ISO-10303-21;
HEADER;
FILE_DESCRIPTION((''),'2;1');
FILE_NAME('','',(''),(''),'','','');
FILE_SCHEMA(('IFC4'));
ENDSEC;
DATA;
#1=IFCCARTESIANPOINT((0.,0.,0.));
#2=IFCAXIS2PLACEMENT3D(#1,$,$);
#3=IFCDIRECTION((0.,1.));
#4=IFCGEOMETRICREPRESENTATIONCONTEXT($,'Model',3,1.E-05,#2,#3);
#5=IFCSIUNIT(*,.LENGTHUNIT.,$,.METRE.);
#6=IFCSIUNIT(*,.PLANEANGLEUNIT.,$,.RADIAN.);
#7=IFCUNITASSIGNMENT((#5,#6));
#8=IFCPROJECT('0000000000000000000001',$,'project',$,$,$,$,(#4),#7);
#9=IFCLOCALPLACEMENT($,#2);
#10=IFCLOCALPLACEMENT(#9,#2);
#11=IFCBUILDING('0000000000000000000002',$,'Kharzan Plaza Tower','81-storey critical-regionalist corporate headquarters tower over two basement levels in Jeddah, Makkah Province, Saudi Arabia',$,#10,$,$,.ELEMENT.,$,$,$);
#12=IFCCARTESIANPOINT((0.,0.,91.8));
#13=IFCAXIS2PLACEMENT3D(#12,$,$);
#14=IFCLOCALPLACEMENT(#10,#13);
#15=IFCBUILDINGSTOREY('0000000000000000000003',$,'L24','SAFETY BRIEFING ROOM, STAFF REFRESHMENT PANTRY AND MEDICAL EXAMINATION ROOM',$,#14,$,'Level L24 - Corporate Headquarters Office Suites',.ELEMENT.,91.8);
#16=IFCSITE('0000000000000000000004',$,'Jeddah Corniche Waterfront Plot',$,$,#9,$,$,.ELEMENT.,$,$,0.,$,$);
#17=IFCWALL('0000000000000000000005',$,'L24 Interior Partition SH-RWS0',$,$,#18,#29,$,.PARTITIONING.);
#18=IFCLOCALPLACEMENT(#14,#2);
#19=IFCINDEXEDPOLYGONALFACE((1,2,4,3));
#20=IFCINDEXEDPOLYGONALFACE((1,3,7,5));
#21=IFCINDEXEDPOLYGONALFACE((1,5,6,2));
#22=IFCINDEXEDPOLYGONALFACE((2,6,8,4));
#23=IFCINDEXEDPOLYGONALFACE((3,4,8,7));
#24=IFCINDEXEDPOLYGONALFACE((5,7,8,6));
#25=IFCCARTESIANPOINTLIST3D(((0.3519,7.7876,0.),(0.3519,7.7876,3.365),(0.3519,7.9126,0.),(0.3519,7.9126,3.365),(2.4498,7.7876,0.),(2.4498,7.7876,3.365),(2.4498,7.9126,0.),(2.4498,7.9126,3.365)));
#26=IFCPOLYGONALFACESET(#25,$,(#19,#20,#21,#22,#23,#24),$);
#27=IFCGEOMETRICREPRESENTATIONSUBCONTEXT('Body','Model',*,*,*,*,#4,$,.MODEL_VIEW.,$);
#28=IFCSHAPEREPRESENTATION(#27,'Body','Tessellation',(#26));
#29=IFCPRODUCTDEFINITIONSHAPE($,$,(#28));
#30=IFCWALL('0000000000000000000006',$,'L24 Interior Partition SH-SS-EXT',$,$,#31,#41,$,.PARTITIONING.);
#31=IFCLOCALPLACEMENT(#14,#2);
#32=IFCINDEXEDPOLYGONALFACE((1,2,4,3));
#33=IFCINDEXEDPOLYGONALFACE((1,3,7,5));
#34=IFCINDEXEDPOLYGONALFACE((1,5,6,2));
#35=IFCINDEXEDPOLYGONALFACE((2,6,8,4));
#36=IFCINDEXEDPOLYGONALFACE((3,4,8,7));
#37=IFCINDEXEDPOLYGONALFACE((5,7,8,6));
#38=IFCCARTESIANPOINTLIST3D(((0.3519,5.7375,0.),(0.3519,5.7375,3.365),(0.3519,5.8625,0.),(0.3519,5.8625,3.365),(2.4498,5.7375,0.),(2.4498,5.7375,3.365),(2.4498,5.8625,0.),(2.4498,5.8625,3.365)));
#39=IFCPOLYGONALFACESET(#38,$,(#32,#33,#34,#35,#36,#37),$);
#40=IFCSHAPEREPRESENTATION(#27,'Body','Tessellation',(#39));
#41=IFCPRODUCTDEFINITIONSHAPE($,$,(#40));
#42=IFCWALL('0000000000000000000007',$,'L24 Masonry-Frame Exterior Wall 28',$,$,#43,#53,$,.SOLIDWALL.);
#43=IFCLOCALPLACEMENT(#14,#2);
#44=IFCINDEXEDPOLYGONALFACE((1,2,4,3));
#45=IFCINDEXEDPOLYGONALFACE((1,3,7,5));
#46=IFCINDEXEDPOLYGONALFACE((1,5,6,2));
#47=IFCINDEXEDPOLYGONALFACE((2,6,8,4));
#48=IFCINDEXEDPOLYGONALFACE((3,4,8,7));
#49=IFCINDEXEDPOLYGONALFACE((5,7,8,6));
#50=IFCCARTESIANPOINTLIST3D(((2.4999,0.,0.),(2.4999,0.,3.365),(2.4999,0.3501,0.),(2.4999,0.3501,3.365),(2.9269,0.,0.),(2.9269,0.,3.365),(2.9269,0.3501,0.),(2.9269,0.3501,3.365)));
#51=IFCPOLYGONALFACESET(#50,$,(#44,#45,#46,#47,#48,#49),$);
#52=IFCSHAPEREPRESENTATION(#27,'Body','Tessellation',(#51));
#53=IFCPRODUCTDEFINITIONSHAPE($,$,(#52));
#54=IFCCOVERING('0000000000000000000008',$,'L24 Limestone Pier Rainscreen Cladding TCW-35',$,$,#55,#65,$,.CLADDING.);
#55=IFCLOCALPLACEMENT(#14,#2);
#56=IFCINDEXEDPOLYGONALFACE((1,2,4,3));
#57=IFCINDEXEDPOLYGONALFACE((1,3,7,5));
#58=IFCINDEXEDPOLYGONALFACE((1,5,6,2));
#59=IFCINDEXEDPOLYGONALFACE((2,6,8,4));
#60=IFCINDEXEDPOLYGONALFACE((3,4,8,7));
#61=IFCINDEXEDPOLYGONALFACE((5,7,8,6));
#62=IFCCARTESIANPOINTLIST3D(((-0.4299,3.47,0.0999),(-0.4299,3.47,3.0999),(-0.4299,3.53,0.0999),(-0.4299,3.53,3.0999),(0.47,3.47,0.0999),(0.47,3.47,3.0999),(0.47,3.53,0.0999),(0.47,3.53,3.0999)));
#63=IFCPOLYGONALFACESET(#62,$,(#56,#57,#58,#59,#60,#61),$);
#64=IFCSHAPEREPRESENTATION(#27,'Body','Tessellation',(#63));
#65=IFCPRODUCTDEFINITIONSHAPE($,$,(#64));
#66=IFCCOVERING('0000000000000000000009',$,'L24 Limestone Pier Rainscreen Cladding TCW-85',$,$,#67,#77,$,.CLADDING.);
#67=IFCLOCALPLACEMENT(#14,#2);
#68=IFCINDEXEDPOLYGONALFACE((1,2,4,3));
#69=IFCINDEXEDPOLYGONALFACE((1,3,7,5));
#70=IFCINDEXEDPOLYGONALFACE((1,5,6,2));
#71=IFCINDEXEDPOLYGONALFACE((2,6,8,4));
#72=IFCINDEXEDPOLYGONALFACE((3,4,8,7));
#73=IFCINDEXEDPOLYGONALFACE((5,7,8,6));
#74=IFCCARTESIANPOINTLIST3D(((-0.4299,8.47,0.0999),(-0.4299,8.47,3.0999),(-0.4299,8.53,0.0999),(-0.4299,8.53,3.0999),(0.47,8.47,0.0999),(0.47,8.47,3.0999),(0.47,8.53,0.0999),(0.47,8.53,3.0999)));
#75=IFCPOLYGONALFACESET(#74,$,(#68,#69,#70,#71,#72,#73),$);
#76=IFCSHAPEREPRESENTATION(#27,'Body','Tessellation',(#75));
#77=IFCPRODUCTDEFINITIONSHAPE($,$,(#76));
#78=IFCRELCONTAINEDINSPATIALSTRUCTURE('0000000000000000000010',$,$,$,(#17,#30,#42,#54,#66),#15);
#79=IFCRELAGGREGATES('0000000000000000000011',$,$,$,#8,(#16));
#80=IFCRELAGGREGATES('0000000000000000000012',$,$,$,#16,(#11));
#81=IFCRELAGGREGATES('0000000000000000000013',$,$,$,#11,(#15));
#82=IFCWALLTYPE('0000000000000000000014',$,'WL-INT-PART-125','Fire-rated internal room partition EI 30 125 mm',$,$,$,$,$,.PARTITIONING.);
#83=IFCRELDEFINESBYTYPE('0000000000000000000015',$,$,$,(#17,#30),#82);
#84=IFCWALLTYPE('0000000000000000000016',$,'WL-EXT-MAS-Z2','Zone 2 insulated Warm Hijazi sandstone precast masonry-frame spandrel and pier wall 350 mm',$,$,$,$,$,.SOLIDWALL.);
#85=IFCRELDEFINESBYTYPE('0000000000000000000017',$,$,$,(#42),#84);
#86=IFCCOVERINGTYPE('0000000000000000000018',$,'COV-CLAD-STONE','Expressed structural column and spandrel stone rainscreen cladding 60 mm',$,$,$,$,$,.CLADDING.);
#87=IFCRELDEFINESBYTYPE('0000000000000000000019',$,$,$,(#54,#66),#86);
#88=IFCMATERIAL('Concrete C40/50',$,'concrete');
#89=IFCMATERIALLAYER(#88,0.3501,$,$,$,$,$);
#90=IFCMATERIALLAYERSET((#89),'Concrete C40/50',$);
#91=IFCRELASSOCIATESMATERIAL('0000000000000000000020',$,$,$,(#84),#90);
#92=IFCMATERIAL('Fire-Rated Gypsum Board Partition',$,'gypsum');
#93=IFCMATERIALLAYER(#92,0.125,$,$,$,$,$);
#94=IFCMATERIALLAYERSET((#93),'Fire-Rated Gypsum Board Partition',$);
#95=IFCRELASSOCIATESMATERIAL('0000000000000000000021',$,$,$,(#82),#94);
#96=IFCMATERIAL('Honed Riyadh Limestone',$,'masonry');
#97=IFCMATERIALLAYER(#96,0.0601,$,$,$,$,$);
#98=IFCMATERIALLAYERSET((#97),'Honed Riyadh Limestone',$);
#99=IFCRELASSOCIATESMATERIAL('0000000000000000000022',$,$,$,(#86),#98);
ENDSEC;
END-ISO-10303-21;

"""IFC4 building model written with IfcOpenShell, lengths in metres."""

from ifc_helpers import new_model, si_unit, direction, frame, frame_2d, origin, origin_2d, place, context, subcontext, project, spatial, rectangle, extrude, source, transform, mapped, material, layer, layer_set, type_object, element, save


model = new_model("IFC4")

# Units and contexts
model_context = context("Model", 3, precision=1e-05, world=origin(), true_north=direction((0.0, 1.0)))
body_context = subcontext(model_context, "Body", "Model", "MODEL_VIEW")
ifc_project = project(units=[si_unit("LENGTHUNIT", "METRE"), si_unit("PLANEANGLEUNIT", "RADIAN")], contexts=[model_context])

# Site, building, storey
site_placement = place(None, origin())
site = spatial("IfcSite", under=ifc_project, at=site_placement, Name="Jeddah Corniche Waterfront Plot", CompositionType="ELEMENT", RefElevation=0.0)
building_placement = place(site_placement, origin())
building = spatial("IfcBuilding", under=site, at=building_placement, Name="Kharzan Plaza Tower", Description="81-storey critical-regionalist corporate headquarters tower over two basement levels in Jeddah, Makkah Province, Saudi Arabia", CompositionType="ELEMENT")
storey_placement = place(building_placement, frame((0.0, 0.0, 91.8)))
storey = spatial("IfcBuildingStorey", under=building, at=storey_placement, Name="L24", Description="SAFETY BRIEFING ROOM, STAFF REFRESHMENT PANTRY AND MEDICAL EXAMINATION ROOM", LongName="Level L24 - Corporate Headquarters Office Suites", CompositionType="ELEMENT", Elevation=91.8)

# Shared definitions
ifc_material_1 = material(Name="Concrete C40/50", Category="concrete")

# Shared definitions
ifc_layer_1 = layer(ifc_material_1, 0.3501)
ifc_layer_set_1 = layer_set([ifc_layer_1], Name="Concrete C40/50")
wall_type_1 = type_object("IfcWallType", Name="WL-EXT-MAS-Z2", Description="Zone 2 insulated Warm Hijazi sandstone precast masonry-frame spandrel and pier wall 350 mm", PredefinedType="SOLIDWALL", material=ifc_layer_set_1)

# Shared definitions
ifc_material_2 = material(Name="Fire-Rated Gypsum Board Partition", Category="gypsum")
ifc_layer_2 = layer(ifc_material_2, 0.125)
ifc_layer_set_2 = layer_set([ifc_layer_2], Name="Fire-Rated Gypsum Board Partition")
wall_type_2 = type_object("IfcWallType", Name="WL-INT-PART-125", Description="Fire-rated internal room partition EI 30 125 mm", PredefinedType="PARTITIONING", material=ifc_layer_set_2)

# Walls
shared_shape_1 = source(origin(), body_context, "Body", "SweptSolid", [
    extrude(rectangle(XDim=2.0979, YDim=0.125, at=frame_2d((1.0488, 0.0))), origin(), (0.0, 0.0, 1.0), 3.365),
])
for number, where, z_axis, x_axis, name in (
    (1, (0.3521, 7.8501, 0.0), (0.0, 0.0, 1.0), (1.0, 0.0, 0.0), "L24 Interior Partition SH-RWS0"),
    (2, (0.3521, 5.8, 0.0), (0.0, 0.0, 1.0), (1.0, 0.0, 0.0), "L24 Interior Partition SH-SS-EXT"),
):
    element("IfcWall", number, at=place(storey_placement, frame(where, z_axis=z_axis, x_axis=x_axis)), inside=storey, type_object=wall_type_2, Name=name, PredefinedType="PARTITIONING", context=body_context, shape_type="MappedRepresentation", body=[
        mapped(shared_shape_1, transform((0.0, 0.0, 0.0), x_axis=(1.0, 0.0, 0.0), y_axis=(0.0, 1.0, 0.0), z_axis=(0.0, 0.0, 1.0))),
    ])
shared_shape_2 = source(origin(), body_context, "Body", "SweptSolid", [
    extrude(rectangle(XDim=0.427, YDim=0.3501, at=frame_2d((0.2134, 0.0))), origin(), (0.0, 0.0, 1.0), 3.365),
])
wall_1_placement = place(storey_placement, frame((2.5, 0.175, 0.0), z_axis=(0.0, 0.0, 1.0), x_axis=(1.0, 0.0, 0.0)))
element("IfcWall", 3, at=wall_1_placement, inside=storey, type_object=wall_type_1, Name="L24 Masonry-Frame Exterior Wall 28", PredefinedType="SOLIDWALL", context=body_context, shape_type="MappedRepresentation", body=[
    mapped(shared_shape_2, transform((0.0, 0.0, 0.0), x_axis=(1.0, 0.0, 0.0), y_axis=(0.0, 1.0, 0.0), z_axis=(0.0, 0.0, 1.0))),
])

# Coverings
ifc_material_3 = material(Name="Honed Riyadh Limestone", Category="masonry")
ifc_layer_3 = layer(ifc_material_3, 0.0601)
ifc_layer_set_3 = layer_set([ifc_layer_3], Name="Honed Riyadh Limestone")
covering_type = type_object("IfcCoveringType", Name="COV-CLAD-STONE", Description="Expressed structural column and spandrel stone rainscreen cladding 60 mm", PredefinedType="CLADDING", material=ifc_layer_set_3)
shared_shape_3 = source(origin(), body_context, "Body", "SweptSolid", [
    extrude(rectangle(XDim=0.0601, YDim=0.8999, at=origin_2d()), origin(), (0.0, 0.0, 1.0), 3.0),
])
for number, where, z_axis, x_axis, name in (
    (4, (0.02, 3.5, 0.0999), (0.0, 0.0, 1.0), (0.0, 1.0, 0.0), "L24 Limestone Pier Rainscreen Cladding TCW-35"),
    (5, (0.02, 8.5, 0.0999), (0.0, 0.0, 1.0), (0.0, 1.0, 0.0), "L24 Limestone Pier Rainscreen Cladding TCW-85"),
):
    element("IfcCovering", number, at=place(storey_placement, frame(where, z_axis=z_axis, x_axis=x_axis)), inside=storey, type_object=covering_type, Name=name, PredefinedType="CLADDING", context=body_context, shape_type="MappedRepresentation", body=[
        mapped(shared_shape_3, transform((0.0, 0.0, 0.0), x_axis=(1.0, 0.0, 0.0), y_axis=(0.0, 1.0, 0.0), z_axis=(0.0, 0.0, 1.0))),
    ])

save(model, "model.ifc")
